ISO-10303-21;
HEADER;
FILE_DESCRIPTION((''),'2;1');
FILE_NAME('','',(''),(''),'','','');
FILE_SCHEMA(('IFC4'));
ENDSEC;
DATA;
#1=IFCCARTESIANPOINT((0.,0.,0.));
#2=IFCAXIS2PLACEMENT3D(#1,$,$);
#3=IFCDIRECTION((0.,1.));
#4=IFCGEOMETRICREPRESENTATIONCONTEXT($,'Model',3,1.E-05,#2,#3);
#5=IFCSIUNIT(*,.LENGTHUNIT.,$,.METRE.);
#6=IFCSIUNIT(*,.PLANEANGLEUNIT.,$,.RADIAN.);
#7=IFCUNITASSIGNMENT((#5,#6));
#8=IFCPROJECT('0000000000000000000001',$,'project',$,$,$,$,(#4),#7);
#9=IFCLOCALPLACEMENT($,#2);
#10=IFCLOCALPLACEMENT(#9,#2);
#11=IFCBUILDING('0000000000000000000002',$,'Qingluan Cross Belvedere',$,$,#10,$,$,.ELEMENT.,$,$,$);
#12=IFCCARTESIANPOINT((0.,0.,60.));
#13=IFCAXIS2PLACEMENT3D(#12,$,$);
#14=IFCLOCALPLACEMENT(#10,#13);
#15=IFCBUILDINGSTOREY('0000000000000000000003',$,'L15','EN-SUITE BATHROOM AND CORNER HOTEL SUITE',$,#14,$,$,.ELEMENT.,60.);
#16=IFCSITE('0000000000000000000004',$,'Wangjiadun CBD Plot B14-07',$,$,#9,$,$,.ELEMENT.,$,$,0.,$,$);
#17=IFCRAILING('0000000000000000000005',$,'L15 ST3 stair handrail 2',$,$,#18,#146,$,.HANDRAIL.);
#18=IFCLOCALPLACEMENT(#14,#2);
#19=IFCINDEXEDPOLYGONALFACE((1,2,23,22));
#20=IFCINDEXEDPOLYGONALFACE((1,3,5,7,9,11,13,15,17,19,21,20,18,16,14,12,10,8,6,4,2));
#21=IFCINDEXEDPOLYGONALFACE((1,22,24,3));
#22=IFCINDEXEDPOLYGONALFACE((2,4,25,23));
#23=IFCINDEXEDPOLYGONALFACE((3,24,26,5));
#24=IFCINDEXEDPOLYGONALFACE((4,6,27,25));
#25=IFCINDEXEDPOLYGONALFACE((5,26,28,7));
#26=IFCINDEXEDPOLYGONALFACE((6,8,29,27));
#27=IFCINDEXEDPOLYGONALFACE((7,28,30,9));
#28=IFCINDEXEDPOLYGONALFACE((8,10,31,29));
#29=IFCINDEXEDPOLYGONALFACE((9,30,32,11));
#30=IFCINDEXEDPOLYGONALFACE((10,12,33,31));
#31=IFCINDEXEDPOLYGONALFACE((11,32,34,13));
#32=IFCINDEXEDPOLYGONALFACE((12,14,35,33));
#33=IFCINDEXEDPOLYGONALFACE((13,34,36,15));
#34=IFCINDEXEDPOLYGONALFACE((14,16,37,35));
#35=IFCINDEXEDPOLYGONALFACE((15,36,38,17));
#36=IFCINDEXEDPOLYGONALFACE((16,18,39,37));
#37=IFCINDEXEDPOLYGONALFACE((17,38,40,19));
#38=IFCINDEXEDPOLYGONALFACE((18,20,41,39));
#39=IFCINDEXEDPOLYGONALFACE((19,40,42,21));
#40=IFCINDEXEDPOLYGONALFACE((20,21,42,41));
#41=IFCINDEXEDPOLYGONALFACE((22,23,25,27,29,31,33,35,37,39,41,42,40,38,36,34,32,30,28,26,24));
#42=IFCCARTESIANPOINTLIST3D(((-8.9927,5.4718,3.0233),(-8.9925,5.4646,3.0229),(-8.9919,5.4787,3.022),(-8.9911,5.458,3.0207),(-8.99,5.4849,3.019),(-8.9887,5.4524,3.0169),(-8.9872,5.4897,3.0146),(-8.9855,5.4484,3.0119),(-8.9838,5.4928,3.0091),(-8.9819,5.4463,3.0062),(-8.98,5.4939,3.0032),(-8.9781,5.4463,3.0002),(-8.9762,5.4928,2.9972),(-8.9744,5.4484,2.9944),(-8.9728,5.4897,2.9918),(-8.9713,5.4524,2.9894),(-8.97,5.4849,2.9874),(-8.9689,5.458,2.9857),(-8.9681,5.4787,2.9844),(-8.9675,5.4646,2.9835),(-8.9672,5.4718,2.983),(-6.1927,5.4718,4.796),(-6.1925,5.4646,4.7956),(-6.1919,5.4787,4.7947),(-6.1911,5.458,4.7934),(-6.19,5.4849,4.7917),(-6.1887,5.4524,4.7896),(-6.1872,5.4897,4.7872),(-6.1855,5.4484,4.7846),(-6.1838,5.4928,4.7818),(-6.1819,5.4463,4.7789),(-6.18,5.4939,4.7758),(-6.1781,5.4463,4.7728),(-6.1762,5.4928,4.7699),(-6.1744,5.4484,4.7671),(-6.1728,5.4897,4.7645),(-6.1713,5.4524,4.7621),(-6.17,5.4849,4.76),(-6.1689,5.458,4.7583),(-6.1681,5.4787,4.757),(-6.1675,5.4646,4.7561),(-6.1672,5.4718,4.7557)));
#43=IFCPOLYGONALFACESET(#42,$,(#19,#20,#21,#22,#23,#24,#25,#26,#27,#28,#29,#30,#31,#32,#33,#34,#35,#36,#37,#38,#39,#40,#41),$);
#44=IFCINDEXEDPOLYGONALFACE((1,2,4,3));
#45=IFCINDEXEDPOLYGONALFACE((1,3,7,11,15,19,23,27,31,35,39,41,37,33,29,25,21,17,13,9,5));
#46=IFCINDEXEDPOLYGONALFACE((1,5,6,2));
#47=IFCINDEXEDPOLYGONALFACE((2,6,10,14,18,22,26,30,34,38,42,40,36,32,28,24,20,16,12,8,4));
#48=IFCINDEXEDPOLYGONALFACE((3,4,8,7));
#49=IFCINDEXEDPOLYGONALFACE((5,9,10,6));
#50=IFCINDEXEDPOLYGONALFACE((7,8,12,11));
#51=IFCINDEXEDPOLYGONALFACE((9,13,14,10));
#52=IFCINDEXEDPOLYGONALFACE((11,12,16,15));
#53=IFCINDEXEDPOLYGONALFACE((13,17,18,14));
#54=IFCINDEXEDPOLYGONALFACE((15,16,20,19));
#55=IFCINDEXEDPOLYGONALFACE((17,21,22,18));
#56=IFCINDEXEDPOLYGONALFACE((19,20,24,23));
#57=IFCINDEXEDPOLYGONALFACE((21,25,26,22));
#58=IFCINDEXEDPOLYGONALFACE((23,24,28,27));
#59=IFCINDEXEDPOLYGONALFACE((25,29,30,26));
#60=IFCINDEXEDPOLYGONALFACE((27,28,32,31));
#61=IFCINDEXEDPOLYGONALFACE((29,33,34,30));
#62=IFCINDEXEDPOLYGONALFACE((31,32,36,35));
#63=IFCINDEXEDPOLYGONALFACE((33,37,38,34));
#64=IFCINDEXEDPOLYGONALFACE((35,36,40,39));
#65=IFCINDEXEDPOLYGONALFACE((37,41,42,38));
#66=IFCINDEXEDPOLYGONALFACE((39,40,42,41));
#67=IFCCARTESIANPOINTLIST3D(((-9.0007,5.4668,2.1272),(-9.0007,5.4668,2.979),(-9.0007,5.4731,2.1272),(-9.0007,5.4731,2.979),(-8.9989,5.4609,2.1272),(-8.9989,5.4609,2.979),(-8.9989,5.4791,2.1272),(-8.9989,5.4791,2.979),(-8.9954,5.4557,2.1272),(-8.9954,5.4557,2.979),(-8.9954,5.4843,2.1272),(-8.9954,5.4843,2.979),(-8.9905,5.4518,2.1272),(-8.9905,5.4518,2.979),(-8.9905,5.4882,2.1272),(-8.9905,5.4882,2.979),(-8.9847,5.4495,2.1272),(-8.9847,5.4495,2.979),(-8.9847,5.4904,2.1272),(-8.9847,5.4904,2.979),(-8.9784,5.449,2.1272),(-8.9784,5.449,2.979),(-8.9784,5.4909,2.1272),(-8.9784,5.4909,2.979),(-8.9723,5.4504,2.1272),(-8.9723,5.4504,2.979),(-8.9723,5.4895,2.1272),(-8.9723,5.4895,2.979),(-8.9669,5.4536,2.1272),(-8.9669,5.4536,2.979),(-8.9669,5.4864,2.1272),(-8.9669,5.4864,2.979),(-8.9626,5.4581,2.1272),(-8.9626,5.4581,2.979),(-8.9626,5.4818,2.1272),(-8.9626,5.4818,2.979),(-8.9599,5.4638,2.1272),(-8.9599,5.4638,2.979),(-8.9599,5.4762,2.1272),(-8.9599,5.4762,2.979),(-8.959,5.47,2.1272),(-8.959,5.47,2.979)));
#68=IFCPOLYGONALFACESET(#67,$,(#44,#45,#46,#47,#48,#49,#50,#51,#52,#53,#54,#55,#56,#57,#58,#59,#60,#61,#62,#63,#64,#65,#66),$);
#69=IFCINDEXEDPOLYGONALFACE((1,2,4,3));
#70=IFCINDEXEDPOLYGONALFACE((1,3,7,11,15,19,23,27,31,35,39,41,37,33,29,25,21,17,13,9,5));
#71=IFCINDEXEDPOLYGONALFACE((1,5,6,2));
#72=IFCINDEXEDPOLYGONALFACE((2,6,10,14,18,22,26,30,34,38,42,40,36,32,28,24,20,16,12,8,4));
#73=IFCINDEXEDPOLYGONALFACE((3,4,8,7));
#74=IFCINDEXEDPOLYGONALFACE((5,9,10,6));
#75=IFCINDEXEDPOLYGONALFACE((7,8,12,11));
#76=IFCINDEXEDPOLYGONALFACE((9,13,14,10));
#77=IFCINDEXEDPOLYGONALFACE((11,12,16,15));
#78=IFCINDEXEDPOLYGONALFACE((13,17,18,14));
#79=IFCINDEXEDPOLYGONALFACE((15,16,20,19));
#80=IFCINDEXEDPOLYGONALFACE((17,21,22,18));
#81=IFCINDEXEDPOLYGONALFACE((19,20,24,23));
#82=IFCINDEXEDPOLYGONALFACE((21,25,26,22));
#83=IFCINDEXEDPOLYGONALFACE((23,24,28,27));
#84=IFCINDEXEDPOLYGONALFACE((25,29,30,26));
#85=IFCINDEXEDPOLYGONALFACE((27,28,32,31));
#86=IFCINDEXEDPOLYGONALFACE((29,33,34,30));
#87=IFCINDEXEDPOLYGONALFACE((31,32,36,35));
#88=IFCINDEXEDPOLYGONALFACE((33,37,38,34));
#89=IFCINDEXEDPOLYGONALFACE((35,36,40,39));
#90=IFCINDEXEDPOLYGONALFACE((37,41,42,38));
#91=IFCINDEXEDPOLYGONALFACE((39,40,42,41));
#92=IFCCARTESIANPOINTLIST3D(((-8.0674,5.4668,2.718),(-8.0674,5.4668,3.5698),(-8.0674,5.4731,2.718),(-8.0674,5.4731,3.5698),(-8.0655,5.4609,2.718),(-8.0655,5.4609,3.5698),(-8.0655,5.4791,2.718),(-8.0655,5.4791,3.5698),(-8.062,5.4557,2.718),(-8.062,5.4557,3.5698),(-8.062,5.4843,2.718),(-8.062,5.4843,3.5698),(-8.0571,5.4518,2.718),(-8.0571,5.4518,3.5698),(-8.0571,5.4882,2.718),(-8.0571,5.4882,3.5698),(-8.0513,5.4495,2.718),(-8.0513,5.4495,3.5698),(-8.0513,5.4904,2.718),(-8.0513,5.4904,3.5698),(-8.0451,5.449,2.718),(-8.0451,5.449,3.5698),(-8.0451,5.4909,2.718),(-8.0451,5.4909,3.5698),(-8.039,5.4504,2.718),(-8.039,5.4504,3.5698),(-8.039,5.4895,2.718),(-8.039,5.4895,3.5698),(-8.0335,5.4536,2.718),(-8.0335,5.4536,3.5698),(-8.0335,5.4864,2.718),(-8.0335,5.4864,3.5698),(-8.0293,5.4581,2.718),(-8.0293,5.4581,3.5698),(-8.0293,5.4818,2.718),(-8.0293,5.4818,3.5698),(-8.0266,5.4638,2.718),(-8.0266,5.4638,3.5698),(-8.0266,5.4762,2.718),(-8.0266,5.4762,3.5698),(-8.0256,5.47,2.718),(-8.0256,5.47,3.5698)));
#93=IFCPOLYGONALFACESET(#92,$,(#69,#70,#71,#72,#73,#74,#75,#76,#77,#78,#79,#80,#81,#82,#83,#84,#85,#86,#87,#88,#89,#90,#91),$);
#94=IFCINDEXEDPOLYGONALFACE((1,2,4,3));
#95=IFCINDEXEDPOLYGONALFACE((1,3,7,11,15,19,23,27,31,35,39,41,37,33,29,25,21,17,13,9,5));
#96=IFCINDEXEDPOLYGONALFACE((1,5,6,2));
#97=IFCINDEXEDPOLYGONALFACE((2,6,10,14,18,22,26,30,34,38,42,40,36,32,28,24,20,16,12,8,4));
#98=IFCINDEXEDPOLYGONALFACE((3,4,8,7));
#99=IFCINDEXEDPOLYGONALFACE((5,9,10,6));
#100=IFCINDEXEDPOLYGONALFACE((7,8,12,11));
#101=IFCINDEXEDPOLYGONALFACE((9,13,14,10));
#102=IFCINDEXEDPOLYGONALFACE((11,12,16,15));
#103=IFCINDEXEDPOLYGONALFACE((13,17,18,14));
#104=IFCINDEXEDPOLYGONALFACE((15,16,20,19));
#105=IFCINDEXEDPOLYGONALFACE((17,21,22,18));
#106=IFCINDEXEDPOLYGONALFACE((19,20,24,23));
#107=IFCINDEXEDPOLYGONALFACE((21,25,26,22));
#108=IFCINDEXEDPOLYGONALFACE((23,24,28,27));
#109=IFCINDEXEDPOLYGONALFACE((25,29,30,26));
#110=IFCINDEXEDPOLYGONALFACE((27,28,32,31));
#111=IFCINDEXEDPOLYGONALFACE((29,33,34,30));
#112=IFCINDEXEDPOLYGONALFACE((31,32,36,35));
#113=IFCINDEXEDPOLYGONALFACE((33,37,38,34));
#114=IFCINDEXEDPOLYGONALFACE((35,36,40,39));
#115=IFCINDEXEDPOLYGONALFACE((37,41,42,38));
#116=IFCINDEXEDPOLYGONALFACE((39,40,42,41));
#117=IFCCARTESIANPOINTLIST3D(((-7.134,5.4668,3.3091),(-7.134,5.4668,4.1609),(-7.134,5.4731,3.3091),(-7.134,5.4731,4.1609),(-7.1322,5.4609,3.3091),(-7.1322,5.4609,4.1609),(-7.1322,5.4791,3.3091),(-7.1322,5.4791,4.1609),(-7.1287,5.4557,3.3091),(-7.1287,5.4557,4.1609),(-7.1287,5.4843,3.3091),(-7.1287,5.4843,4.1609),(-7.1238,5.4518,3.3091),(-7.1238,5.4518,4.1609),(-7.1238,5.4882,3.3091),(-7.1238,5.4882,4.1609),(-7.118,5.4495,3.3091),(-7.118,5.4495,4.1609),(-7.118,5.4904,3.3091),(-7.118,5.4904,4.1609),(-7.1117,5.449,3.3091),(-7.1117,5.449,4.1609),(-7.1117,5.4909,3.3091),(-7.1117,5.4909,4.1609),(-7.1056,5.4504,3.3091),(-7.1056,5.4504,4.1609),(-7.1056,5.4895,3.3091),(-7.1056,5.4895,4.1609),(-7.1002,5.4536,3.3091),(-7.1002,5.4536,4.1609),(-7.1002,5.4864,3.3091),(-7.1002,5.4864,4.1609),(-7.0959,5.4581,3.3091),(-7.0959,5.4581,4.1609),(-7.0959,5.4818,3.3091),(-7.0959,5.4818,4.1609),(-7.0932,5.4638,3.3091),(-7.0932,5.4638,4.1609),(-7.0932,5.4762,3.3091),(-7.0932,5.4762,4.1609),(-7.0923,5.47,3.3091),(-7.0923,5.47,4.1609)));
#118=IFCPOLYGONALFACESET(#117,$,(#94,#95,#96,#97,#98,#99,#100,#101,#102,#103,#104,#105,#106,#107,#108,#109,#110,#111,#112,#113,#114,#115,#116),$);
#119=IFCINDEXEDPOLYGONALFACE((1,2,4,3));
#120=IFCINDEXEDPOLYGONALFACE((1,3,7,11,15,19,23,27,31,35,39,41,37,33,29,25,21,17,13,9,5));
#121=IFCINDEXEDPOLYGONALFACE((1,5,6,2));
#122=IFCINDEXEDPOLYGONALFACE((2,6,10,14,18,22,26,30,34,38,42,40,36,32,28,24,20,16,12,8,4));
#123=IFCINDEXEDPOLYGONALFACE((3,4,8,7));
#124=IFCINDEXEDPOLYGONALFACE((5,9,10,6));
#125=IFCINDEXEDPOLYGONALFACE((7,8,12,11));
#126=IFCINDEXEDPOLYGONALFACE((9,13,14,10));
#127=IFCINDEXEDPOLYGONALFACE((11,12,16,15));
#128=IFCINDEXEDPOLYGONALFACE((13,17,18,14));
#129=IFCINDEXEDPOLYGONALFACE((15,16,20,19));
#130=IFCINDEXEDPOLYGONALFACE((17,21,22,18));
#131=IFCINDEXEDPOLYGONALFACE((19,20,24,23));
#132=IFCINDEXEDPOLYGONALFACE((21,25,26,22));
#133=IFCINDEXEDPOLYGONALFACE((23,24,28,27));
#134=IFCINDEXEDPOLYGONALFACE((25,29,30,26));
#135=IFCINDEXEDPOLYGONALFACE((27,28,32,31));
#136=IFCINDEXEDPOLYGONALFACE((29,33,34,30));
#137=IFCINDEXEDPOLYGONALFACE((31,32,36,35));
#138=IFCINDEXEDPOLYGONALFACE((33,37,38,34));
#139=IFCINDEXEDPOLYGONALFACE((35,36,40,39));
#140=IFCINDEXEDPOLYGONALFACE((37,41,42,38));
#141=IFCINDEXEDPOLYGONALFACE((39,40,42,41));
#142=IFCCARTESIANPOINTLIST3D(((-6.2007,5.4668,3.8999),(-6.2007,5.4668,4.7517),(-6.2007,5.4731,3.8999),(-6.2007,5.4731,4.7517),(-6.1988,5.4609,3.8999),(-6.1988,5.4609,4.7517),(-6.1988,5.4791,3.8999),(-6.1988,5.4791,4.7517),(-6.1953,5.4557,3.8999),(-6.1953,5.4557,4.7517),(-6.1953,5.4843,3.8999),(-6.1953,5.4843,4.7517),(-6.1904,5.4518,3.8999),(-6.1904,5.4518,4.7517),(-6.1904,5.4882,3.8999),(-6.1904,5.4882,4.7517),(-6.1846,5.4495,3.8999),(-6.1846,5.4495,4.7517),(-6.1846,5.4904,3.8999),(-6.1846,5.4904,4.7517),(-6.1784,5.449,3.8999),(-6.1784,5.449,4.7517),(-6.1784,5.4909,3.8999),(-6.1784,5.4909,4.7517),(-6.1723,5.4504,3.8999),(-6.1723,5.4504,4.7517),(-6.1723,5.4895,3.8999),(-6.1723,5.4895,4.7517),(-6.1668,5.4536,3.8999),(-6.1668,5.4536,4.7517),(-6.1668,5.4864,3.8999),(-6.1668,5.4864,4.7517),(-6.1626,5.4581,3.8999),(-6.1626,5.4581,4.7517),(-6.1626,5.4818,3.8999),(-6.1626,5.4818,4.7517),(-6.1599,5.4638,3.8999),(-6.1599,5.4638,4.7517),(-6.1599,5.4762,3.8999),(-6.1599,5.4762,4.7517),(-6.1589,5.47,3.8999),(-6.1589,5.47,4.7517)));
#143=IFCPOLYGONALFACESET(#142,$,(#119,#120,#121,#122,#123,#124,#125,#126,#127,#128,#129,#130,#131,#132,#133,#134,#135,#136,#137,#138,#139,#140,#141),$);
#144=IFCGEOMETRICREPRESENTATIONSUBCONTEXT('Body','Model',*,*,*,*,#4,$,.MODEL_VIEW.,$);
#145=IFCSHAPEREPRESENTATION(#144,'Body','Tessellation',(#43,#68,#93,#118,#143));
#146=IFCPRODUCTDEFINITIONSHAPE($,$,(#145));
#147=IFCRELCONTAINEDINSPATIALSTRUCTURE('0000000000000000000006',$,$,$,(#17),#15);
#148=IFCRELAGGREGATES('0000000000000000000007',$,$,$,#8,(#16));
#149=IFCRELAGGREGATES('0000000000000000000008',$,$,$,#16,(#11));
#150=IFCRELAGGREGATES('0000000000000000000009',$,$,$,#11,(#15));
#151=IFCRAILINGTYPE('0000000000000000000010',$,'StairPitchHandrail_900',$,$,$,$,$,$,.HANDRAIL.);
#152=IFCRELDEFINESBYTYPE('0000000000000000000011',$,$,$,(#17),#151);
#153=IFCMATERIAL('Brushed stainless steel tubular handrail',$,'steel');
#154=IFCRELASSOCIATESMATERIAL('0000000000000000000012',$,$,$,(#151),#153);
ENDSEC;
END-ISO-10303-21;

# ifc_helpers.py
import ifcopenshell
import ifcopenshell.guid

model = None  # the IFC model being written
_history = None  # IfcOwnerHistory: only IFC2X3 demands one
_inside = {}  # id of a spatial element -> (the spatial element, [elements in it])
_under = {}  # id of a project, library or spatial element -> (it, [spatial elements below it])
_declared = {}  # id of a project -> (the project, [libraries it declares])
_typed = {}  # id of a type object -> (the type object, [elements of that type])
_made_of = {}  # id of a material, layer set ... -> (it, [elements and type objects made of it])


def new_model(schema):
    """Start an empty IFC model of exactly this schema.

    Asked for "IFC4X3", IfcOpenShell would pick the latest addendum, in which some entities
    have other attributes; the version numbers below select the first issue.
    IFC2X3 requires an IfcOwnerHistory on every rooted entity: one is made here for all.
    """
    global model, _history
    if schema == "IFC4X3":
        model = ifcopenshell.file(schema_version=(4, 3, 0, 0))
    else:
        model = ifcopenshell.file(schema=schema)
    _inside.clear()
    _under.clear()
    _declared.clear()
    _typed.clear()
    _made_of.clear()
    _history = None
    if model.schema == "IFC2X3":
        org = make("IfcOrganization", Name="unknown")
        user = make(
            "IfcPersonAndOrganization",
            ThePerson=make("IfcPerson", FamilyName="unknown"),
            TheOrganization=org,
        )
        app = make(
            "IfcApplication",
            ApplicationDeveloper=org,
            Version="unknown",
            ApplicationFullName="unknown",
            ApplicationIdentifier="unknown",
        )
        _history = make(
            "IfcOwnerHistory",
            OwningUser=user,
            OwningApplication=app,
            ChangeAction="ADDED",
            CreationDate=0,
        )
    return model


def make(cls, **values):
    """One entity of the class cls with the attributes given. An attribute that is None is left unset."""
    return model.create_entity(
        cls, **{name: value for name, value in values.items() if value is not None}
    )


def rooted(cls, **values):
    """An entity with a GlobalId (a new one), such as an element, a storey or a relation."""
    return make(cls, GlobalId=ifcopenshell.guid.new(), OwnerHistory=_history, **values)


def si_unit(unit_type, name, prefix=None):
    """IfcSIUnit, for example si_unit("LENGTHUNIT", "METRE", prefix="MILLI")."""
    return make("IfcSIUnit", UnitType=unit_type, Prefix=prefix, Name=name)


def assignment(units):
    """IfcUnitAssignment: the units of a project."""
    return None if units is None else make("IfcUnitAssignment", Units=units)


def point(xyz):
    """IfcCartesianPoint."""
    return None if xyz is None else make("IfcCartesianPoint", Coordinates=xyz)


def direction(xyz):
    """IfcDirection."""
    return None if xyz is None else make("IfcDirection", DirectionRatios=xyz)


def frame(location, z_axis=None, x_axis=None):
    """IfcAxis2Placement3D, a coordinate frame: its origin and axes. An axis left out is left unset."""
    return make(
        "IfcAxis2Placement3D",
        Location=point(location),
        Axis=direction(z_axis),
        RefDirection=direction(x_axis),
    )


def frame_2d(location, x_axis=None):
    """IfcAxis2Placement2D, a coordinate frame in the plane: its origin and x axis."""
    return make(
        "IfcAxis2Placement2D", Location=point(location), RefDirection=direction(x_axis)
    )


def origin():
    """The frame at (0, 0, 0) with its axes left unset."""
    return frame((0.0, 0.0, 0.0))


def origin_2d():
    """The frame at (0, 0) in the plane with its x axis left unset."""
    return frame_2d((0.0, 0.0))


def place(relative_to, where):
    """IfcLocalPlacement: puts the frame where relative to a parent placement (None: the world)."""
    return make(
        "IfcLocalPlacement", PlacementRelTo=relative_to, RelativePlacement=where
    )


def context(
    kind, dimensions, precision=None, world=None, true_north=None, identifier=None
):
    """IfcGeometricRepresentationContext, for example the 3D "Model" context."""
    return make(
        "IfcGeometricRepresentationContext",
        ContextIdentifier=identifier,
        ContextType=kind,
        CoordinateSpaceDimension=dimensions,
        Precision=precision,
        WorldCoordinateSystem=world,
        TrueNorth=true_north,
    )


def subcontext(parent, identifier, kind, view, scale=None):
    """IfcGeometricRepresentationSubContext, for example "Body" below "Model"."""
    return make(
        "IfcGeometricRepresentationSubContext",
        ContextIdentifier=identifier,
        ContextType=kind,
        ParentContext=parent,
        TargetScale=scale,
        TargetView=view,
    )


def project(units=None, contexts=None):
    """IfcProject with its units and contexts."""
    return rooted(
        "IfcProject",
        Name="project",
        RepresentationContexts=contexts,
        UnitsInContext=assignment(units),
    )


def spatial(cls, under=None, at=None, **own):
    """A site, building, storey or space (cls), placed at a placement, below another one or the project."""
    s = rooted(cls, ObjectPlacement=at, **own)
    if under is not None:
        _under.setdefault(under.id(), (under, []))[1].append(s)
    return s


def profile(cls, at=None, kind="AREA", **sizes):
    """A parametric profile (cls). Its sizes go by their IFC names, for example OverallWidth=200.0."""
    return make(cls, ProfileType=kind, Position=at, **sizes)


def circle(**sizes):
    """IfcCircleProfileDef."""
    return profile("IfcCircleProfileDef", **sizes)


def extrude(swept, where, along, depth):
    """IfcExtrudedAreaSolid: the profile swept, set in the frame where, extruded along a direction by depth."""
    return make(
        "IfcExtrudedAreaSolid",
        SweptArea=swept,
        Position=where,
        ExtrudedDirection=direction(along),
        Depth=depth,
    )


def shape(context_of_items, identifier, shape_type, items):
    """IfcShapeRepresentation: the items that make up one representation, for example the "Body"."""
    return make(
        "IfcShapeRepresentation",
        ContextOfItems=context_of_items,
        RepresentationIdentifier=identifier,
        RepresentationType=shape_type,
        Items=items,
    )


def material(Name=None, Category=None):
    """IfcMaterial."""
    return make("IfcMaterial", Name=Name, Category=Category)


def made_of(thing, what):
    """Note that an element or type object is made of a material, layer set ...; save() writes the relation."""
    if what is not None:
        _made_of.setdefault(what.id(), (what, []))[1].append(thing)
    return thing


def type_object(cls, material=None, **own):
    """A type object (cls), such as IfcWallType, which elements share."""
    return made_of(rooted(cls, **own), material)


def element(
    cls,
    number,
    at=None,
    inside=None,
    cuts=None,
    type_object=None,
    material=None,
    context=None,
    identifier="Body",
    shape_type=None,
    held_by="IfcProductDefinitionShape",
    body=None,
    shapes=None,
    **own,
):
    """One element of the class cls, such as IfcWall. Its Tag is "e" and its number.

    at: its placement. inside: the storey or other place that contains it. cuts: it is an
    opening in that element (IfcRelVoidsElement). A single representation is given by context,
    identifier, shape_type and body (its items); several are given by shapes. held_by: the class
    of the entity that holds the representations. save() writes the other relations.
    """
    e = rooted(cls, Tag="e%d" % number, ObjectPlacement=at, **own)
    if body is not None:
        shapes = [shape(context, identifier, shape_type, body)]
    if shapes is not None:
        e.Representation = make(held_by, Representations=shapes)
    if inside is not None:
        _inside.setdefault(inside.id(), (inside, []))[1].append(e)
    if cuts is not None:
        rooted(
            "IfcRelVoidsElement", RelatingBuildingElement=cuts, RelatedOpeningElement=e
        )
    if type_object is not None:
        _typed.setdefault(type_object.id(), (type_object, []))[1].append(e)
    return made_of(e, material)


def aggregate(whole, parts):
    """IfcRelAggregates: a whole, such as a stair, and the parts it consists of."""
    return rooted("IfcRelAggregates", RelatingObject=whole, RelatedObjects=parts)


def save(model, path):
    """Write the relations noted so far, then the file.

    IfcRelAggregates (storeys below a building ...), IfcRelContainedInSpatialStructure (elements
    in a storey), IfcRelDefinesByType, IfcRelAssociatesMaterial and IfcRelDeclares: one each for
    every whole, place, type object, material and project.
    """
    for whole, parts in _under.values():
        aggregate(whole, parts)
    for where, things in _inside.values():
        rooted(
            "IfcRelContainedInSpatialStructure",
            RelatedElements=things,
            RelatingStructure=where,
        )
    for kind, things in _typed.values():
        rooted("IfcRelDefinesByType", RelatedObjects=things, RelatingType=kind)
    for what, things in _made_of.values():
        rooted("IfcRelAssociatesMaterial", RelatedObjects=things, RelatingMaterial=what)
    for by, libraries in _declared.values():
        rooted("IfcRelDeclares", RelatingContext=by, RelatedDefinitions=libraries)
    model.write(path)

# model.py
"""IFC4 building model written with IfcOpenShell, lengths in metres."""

from ifc_helpers import new_model, si_unit, direction, frame, origin, origin_2d, place, context, subcontext, project, spatial, circle, extrude, material, type_object, element, save


model = new_model("IFC4")

# Units and contexts
model_context = context("Model", 3, precision=1e-05, world=origin(), true_north=direction((0.0, 1.0)))
body_context = subcontext(model_context, "Body", "Model", "MODEL_VIEW")
ifc_project = project(units=[si_unit("LENGTHUNIT", "METRE"), si_unit("PLANEANGLEUNIT", "RADIAN")], contexts=[model_context])

# Site, building, storey
site_placement = place(None, origin())
site = spatial("IfcSite", under=ifc_project, at=site_placement, Name="Wangjiadun CBD Plot B14-07", CompositionType="ELEMENT", RefElevation=0.0)
building_placement = place(site_placement, origin())
building = spatial("IfcBuilding", under=site, at=building_placement, Name="Qingluan Cross Belvedere", CompositionType="ELEMENT")
storey_placement = place(building_placement, frame((0.0, 0.0, 60.0)))
storey = spatial("IfcBuildingStorey", under=building, at=storey_placement, Name="L15", Description="EN-SUITE BATHROOM AND CORNER HOTEL SUITE", CompositionType="ELEMENT", Elevation=60.0)

# Railing
ifc_material_1 = material(Name="Brushed stainless steel tubular handrail", Category="steel")
railing_type_1 = type_object("IfcRailingType", Name="StairPitchHandrail_900", PredefinedType="HANDRAIL", material=ifc_material_1)
railing_1_placement = place(storey_placement, frame((-8.98, 5.47, 2.1272)))
element("IfcRailing", 1, at=railing_1_placement, inside=storey, type_object=railing_type_1, Name="L15 ST3 stair handrail 2", PredefinedType="HANDRAIL", context=body_context, shape_type="SweptSolid", body=[
    extrude(circle(Radius=0.0239, at=origin_2d()), frame((0.0, 0.0, 0.876), z_axis=(0.844909, 0.0, 0.53491), x_axis=(0.0, 1.0, 0.0)), (0.0, 0.0, 1.0), 3.314),
    extrude(circle(Radius=0.021, at=origin_2d()), origin(), (0.0, 0.0, 1.0), 0.8518),
    extrude(circle(Radius=0.021, at=origin_2d()), frame((0.9333, 0.0, 0.5908)), (0.0, 0.0, 1.0), 0.8518),
    extrude(circle(Radius=0.021, at=origin_2d()), frame((1.8667, 0.0, 1.1819)), (0.0, 0.0, 1.0), 0.8518),
    extrude(circle(Radius=0.021, at=origin_2d()), frame((2.8, 0.0, 1.7727)), (0.0, 0.0, 1.0), 0.8518),
])

save(model, "model.ifc")
